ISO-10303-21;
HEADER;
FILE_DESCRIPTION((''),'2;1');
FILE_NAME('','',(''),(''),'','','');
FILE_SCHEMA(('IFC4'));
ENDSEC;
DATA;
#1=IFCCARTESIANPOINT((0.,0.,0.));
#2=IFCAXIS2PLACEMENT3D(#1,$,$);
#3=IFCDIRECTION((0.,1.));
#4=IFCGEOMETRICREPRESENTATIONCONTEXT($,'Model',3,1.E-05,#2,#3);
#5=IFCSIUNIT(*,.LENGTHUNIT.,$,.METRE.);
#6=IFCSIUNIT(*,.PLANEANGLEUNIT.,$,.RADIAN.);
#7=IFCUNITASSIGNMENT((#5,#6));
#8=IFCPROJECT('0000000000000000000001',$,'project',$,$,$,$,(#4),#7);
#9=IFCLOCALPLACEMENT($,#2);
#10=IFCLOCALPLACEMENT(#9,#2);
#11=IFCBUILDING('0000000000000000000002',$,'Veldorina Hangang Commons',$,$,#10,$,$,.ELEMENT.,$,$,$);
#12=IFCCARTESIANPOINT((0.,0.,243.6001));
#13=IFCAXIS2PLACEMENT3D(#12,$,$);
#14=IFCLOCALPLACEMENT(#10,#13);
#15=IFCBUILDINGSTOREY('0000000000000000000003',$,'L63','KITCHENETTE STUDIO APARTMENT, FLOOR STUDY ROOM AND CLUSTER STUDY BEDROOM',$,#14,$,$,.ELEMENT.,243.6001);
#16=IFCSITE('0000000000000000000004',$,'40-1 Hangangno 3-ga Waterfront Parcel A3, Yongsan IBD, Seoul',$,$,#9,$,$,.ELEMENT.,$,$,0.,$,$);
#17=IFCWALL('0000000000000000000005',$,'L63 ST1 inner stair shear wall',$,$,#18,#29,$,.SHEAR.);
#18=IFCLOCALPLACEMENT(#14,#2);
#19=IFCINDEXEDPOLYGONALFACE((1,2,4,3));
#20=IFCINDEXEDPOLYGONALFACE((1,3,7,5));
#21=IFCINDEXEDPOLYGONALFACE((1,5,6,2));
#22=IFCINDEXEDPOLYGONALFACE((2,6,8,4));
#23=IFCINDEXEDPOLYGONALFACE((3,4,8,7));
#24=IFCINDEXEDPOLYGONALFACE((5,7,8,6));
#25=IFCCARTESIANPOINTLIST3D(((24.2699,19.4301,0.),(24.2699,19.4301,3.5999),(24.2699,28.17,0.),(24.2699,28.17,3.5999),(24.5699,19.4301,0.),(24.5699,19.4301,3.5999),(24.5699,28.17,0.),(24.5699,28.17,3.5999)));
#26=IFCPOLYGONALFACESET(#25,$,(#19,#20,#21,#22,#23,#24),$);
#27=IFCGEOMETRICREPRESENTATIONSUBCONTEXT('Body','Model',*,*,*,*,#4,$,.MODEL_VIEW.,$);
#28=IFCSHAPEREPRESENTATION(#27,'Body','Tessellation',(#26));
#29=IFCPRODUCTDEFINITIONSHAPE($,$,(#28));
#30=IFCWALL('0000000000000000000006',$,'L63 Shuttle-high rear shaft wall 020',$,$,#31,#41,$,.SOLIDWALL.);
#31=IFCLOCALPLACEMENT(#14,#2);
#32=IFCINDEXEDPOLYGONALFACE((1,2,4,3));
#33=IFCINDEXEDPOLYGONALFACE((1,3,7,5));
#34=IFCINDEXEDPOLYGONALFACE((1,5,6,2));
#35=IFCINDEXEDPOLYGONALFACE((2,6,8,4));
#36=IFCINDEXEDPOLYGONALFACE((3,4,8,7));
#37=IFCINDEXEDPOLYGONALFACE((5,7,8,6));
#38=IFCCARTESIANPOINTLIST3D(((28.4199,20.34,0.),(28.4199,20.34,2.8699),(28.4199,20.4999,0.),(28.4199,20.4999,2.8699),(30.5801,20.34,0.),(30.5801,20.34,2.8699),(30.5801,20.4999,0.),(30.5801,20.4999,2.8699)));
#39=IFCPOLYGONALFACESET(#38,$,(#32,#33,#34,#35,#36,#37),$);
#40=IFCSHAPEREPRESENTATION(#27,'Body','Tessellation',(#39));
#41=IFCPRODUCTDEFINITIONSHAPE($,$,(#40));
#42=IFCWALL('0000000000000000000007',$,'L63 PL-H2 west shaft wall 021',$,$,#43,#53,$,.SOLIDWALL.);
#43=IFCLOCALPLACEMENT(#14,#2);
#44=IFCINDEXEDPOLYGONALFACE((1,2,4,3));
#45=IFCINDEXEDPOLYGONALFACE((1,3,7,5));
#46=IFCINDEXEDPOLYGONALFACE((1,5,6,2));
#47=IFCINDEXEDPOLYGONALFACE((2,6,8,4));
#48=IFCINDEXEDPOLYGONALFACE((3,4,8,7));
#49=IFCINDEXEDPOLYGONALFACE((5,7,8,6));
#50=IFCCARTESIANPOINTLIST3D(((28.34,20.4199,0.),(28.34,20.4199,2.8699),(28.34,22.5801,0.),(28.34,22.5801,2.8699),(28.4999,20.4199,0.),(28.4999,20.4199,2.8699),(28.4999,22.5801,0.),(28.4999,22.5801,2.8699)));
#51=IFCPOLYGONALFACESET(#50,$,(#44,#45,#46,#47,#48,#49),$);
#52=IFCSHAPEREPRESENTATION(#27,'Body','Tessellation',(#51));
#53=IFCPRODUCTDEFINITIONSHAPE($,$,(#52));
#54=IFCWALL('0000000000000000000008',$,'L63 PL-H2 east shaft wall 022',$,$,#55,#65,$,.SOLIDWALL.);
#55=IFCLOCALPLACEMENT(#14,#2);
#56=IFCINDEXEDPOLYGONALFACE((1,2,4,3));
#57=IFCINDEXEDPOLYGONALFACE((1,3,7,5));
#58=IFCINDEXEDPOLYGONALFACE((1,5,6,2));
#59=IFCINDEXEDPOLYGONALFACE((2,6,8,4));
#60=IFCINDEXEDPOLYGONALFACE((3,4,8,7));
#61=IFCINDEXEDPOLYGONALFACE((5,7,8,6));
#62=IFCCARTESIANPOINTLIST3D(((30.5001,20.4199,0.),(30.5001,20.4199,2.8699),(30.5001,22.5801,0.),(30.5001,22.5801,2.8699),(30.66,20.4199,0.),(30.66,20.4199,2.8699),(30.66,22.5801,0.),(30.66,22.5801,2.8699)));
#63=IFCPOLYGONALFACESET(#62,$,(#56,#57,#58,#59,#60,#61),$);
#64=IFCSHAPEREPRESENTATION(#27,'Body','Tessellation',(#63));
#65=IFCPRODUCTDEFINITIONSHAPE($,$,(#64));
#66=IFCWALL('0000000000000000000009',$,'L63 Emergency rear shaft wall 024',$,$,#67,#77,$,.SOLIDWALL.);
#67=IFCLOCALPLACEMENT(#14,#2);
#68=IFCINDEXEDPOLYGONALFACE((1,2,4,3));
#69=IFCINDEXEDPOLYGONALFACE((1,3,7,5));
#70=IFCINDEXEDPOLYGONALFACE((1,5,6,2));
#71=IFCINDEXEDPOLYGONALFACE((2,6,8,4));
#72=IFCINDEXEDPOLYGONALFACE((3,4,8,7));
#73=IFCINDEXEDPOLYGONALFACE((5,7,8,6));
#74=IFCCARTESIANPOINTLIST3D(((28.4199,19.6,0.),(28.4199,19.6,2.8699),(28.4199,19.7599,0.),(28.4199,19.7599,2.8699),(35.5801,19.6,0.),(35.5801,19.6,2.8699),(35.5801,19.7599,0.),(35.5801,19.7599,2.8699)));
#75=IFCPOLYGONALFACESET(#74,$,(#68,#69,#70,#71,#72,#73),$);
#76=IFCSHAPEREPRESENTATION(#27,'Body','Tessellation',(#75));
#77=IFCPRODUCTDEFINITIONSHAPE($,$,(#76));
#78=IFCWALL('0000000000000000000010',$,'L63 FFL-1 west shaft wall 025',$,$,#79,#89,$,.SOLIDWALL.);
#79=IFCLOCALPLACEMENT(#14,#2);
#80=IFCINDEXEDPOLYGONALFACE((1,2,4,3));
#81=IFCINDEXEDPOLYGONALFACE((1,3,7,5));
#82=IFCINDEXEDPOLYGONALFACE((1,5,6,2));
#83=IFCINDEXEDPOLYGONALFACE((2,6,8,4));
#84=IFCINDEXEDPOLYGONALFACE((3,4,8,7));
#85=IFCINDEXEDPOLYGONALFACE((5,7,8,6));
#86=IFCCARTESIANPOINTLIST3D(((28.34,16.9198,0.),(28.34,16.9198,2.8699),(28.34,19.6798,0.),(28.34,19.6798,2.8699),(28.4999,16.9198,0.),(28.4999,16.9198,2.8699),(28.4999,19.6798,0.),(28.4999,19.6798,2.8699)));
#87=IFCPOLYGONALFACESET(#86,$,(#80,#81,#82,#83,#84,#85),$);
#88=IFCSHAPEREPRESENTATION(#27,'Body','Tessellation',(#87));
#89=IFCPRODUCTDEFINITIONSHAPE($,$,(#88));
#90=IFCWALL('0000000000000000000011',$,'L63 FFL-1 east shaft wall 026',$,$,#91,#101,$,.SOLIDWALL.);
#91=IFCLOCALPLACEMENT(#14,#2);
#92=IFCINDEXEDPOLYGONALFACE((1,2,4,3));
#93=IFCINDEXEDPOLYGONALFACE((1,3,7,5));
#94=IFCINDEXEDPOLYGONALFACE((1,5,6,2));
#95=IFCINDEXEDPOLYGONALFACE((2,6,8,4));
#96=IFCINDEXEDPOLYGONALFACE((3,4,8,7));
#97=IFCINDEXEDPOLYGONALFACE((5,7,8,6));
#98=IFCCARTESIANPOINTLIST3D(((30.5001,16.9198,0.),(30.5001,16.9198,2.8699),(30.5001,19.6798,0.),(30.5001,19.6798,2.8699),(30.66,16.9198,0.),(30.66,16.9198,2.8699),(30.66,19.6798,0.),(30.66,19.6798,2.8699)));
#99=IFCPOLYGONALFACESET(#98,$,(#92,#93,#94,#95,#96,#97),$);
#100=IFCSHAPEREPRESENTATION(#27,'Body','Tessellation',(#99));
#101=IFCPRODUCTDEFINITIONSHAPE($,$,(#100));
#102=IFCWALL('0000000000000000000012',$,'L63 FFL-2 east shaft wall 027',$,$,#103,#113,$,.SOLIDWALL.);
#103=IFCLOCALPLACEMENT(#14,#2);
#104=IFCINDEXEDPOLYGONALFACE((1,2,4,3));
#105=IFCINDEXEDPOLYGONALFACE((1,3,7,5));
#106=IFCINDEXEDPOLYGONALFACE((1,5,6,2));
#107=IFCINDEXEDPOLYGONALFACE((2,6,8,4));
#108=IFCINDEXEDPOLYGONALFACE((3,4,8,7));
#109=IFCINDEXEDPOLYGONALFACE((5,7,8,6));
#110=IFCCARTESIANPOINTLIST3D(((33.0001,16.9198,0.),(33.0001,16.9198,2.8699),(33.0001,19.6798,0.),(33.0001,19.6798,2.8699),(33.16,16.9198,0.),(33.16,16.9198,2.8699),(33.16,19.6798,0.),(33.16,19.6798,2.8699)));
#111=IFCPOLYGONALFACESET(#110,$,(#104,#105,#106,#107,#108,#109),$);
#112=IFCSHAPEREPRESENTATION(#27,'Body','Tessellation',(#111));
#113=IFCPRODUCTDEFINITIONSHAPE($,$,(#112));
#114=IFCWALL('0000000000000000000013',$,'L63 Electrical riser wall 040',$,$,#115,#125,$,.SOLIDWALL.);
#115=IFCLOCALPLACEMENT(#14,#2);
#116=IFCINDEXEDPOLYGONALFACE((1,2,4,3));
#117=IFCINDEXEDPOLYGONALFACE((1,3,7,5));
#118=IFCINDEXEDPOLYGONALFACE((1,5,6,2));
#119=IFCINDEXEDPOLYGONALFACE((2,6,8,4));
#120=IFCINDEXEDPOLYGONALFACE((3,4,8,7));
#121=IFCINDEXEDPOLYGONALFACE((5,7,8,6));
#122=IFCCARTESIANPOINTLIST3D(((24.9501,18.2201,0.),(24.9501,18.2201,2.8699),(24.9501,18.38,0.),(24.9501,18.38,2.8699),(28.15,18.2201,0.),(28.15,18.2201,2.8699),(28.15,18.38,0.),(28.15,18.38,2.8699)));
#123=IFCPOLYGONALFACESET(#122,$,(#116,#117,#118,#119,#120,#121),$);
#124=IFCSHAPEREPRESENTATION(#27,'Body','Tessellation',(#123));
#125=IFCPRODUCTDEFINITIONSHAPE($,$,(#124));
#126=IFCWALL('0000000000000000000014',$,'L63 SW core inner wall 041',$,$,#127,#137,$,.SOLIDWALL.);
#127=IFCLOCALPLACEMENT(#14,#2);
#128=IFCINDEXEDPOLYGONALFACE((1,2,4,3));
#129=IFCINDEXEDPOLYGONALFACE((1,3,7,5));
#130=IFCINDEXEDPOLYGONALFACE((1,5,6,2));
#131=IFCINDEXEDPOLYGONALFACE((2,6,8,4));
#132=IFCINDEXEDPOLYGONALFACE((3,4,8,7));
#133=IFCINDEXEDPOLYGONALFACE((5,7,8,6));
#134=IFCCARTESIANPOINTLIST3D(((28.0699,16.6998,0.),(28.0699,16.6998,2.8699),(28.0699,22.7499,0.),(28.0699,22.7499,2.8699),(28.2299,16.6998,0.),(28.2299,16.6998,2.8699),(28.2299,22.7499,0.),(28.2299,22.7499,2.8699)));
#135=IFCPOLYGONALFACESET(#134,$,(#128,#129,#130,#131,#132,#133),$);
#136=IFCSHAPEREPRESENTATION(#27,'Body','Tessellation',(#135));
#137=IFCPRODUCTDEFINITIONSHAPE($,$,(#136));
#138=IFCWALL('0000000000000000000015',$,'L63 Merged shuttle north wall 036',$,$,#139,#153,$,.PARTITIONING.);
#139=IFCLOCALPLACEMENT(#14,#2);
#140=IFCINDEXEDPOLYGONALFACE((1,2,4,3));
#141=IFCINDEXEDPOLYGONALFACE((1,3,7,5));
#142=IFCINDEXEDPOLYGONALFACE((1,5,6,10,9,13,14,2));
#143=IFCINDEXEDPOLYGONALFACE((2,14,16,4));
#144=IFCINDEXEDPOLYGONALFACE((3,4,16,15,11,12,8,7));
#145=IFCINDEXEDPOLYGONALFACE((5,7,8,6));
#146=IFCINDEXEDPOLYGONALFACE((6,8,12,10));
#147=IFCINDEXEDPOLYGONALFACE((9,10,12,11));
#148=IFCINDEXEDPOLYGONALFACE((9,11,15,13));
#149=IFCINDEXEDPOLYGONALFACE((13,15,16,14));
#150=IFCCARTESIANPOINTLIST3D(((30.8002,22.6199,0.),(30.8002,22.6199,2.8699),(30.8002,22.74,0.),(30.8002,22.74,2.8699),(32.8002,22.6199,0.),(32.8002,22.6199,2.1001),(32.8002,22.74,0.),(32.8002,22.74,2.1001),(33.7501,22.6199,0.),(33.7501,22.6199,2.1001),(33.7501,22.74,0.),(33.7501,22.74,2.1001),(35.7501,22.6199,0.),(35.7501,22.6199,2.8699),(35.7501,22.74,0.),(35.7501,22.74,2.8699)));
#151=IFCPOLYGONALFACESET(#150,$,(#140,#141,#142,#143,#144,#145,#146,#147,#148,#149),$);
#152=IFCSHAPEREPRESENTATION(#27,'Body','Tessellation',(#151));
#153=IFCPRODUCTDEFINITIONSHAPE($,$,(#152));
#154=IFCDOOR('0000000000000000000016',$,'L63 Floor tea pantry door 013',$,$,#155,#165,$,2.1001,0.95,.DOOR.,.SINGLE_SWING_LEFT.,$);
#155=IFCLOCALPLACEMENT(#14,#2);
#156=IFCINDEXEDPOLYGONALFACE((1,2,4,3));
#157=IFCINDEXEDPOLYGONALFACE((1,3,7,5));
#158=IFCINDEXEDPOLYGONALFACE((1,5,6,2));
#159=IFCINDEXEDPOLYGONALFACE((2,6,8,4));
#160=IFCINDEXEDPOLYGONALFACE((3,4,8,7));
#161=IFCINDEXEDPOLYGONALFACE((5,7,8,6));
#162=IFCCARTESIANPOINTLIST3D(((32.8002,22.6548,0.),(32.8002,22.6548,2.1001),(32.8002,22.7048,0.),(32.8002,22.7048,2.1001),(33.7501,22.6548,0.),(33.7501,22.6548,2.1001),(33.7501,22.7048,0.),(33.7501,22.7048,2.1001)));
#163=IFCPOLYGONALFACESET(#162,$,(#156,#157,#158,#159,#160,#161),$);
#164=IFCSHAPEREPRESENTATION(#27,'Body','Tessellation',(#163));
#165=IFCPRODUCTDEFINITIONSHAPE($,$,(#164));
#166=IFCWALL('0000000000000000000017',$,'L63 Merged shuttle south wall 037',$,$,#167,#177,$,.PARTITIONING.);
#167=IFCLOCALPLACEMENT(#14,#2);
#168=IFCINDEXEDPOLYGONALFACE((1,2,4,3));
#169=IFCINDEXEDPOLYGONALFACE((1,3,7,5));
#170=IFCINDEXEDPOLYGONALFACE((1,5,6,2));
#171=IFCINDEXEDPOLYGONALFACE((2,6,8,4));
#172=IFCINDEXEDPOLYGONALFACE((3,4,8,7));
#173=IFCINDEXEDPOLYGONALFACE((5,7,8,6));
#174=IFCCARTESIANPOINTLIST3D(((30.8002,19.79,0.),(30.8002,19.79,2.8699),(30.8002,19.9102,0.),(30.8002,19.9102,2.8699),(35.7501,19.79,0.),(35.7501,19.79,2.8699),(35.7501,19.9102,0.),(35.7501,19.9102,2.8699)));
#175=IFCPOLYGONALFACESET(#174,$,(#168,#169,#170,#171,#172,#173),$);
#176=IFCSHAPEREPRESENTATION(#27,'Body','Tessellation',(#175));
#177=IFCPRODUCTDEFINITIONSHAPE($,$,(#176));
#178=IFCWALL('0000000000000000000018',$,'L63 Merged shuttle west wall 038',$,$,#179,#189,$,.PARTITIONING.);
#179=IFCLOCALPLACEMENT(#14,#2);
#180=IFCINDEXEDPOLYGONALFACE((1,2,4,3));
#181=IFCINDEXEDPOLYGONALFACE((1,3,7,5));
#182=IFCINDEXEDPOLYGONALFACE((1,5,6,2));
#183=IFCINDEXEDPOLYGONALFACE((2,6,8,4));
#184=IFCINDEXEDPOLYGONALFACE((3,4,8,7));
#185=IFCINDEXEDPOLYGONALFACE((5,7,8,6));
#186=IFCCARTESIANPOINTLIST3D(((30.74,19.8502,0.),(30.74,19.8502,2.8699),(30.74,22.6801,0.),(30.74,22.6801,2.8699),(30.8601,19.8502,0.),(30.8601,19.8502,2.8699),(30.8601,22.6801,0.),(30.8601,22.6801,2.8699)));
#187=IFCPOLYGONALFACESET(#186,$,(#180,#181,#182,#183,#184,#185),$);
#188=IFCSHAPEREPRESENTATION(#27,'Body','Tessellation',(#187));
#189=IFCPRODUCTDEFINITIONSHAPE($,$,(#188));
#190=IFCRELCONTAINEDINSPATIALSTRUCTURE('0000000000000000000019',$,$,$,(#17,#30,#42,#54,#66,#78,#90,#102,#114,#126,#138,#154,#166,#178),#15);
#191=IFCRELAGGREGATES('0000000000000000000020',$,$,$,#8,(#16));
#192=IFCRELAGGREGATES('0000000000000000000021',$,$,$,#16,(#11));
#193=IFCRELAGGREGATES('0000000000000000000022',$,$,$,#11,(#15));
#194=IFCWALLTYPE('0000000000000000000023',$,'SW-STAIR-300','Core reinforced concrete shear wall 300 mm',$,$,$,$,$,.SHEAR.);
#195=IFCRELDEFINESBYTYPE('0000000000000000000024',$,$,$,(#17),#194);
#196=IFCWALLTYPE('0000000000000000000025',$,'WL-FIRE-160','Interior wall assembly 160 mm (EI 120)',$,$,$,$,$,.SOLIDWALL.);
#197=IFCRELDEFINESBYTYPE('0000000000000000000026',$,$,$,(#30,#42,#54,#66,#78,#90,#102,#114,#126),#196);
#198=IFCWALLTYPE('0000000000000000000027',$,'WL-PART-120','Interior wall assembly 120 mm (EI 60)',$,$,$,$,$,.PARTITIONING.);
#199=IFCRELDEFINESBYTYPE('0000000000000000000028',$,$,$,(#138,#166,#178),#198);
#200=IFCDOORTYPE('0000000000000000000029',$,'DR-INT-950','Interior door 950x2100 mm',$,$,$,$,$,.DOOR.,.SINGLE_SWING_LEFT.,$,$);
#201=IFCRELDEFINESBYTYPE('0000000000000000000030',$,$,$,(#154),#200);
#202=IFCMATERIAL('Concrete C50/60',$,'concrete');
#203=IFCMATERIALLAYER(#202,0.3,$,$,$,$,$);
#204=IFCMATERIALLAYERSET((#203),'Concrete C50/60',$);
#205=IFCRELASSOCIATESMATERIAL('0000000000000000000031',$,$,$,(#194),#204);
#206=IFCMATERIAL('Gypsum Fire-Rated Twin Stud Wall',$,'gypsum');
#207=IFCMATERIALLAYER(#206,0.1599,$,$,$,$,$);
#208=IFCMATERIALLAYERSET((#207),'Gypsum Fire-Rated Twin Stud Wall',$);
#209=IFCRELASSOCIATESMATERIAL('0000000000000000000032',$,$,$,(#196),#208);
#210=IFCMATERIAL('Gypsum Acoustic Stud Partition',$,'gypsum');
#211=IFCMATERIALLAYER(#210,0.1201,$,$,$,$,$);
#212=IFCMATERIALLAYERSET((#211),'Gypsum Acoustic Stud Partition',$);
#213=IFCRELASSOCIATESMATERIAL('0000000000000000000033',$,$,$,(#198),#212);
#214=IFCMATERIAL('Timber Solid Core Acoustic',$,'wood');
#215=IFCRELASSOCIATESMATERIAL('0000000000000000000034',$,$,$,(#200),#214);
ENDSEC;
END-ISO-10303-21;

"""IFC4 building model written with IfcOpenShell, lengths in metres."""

from ifc_helpers import new_model, si_unit, direction, frame, frame_2d, origin, place, context, subcontext, project, spatial, rectangle, extrude, material, layer, layer_set, type_object, element, fill, save


model = new_model("IFC4")

# Units and contexts
model_context = context("Model", 3, precision=1e-05, world=origin(), true_north=direction((0.0, 1.0)))
body_context = subcontext(model_context, "Body", "Model", "MODEL_VIEW")
ifc_project = project(units=[si_unit("LENGTHUNIT", "METRE"), si_unit("PLANEANGLEUNIT", "RADIAN")], contexts=[model_context])

# Site, building, storey
site_placement = place(None, origin())
site = spatial("IfcSite", under=ifc_project, at=site_placement, Name="40-1 Hangangno 3-ga Waterfront Parcel A3, Yongsan IBD, Seoul", CompositionType="ELEMENT", RefElevation=0.0)
building_placement = place(site_placement, origin())
building = spatial("IfcBuilding", under=site, at=building_placement, Name="Veldorina Hangang Commons", CompositionType="ELEMENT")
storey_placement = place(building_placement, frame((0.0, 0.0, 243.6001)))
storey = spatial("IfcBuildingStorey", under=building, at=storey_placement, Name="L63", Description="KITCHENETTE STUDIO APARTMENT, FLOOR STUDY ROOM AND CLUSTER STUDY BEDROOM", CompositionType="ELEMENT", Elevation=243.6001)

# Shared definitions
ifc_material_1 = material(Name="Concrete C50/60", Category="concrete")

# Wall
ifc_layer_1 = layer(ifc_material_1, 0.3)
ifc_layer_set_1 = layer_set([ifc_layer_1], Name="Concrete C50/60")
wall_type_1 = type_object("IfcWallType", Name="SW-STAIR-300", Description="Core reinforced concrete shear wall 300 mm", PredefinedType="SHEAR", material=ifc_layer_set_1)
wall_1_placement = place(storey_placement, frame((24.4199, 19.4299, 0.0), z_axis=(0.0, 0.0, 1.0), x_axis=(0.0, 1.0, 0.0)))
element("IfcWall", 1, at=wall_1_placement, inside=storey, type_object=wall_type_1, Name="L63 ST1 inner stair shear wall", PredefinedType="SHEAR", context=body_context, shape_type="SweptSolid", body=[
    extrude(rectangle(XDim=8.74, YDim=0.3, at=frame_2d((4.3701, 0.0))), origin(), (0.0, 0.0, 1.0), 3.5999),
])

# Shared definitions
ifc_material_2 = material(Name="Gypsum Fire-Rated Twin Stud Wall", Category="gypsum")
ifc_layer_2 = layer(ifc_material_2, 0.1599)
ifc_layer_set_2 = layer_set([ifc_layer_2], Name="Gypsum Fire-Rated Twin Stud Wall")
wall_type_2 = type_object("IfcWallType", Name="WL-FIRE-160", Description="Interior wall assembly 160 mm (EI 120)", PredefinedType="SOLIDWALL", material=ifc_layer_set_2)

# Walls
for number, where, z_axis, x_axis, name in (
    (2, (28.4199, 20.4199, 0.0), (0.0, 0.0, 1.0), (1.0, 0.0, 0.0), "L63 Shuttle-high rear shaft wall 020"),
    (3, (28.4199, 20.4199, 0.0), (0.0, 0.0, 1.0), (0.0, 1.0, 0.0), "L63 PL-H2 west shaft wall 021"),
    (4, (30.5801, 20.4199, 0.0), (0.0, 0.0, 1.0), (0.0, 1.0, 0.0), "L63 PL-H2 east shaft wall 022"),
):
    element("IfcWall", number, at=place(storey_placement, frame(where, z_axis=z_axis, x_axis=x_axis)), inside=storey, type_object=wall_type_2, Name=name, PredefinedType="SOLIDWALL", context=body_context, shape_type="SweptSolid", body=[
        extrude(rectangle(XDim=2.1602, YDim=0.1599, at=frame_2d((1.0801, 0.0))), origin(), (0.0, 0.0, 1.0), 2.8699),
    ])

# Walls
wall_2_placement = place(storey_placement, frame((28.4199, 19.6799, 0.0), z_axis=(0.0, 0.0, 1.0), x_axis=(1.0, 0.0, 0.0)))
element("IfcWall", 5, at=wall_2_placement, inside=storey, type_object=wall_type_2, Name="L63 Emergency rear shaft wall 024", PredefinedType="SOLIDWALL", context=body_context, shape_type="SweptSolid", body=[
    extrude(rectangle(XDim=7.1602, YDim=0.1599, at=frame_2d((3.5801, 0.0))), origin(), (0.0, 0.0, 1.0), 2.8699),
])
for number, where, z_axis, x_axis, name in (
    (6, (28.4199, 16.9199, 0.0), (0.0, 0.0, 1.0), (0.0, 1.0, 0.0), "L63 FFL-1 west shaft wall 025"),
    (7, (30.5801, 16.9199, 0.0), (0.0, 0.0, 1.0), (0.0, 1.0, 0.0), "L63 FFL-1 east shaft wall 026"),
    (8, (33.0801, 16.9199, 0.0), (0.0, 0.0, 1.0), (0.0, 1.0, 0.0), "L63 FFL-2 east shaft wall 027"),
):
    element("IfcWall", number, at=place(storey_placement, frame(where, z_axis=z_axis, x_axis=x_axis)), inside=storey, type_object=wall_type_2, Name=name, PredefinedType="SOLIDWALL", context=body_context, shape_type="SweptSolid", body=[
        extrude(rectangle(XDim=2.76, YDim=0.1599, at=frame_2d((1.3799, 0.0))), origin(), (0.0, 0.0, 1.0), 2.8699),
    ])
wall_3_placement = place(storey_placement, frame((24.95, 18.3, 0.0), z_axis=(0.0, 0.0, 1.0), x_axis=(1.0, 0.0, 0.0)))
element("IfcWall", 9, at=wall_3_placement, inside=storey, type_object=wall_type_2, Name="L63 Electrical riser wall 040", PredefinedType="SOLIDWALL", context=body_context, shape_type="SweptSolid", body=[
    extrude(rectangle(XDim=3.2, YDim=0.1599, at=frame_2d((1.6001, 0.0))), origin(), (0.0, 0.0, 1.0), 2.8699),
])
wall_4_placement = place(storey_placement, frame((28.1499, 16.7, 0.0), z_axis=(0.0, 0.0, 1.0), x_axis=(0.0, 1.0, 0.0)))
element("IfcWall", 10, at=wall_4_placement, inside=storey, type_object=wall_type_2, Name="L63 SW core inner wall 041", PredefinedType="SOLIDWALL", context=body_context, shape_type="SweptSolid", body=[
    extrude(rectangle(XDim=6.05, YDim=0.1599, at=frame_2d((3.0249, 0.0))), origin(), (0.0, 0.0, 1.0), 2.8699),
])

# Wall, opening, door
ifc_material_3 = material(Name="Gypsum Acoustic Stud Partition", Category="gypsum")
ifc_layer_3 = layer(ifc_material_3, 0.1201)
ifc_layer_set_3 = layer_set([ifc_layer_3], Name="Gypsum Acoustic Stud Partition")
wall_type_3 = type_object("IfcWallType", Name="WL-PART-120", Description="Interior wall assembly 120 mm (EI 60)", PredefinedType="PARTITIONING", material=ifc_layer_set_3)
wall_5_placement = place(storey_placement, frame((30.8, 22.6799, 0.0), z_axis=(0.0, 0.0, 1.0), x_axis=(1.0, 0.0, 0.0)))
wall_5 = element("IfcWall", 11, at=wall_5_placement, inside=storey, type_object=wall_type_3, Name="L63 Merged shuttle north wall 036", PredefinedType="PARTITIONING", context=body_context, shape_type="SweptSolid", body=[
    extrude(rectangle(XDim=4.95, YDim=0.1201, at=frame_2d((2.4751, 0.0))), origin(), (0.0, 0.0, 1.0), 2.8699),
])
opening_1_placement = place(wall_5_placement, frame((2.0, 0.0, 0.0)))
opening_1 = element("IfcOpeningElement", 12, at=opening_1_placement, cuts=wall_5, PredefinedType="OPENING", context=body_context, shape_type="SweptSolid", body=[
    extrude(rectangle(XDim=0.95, YDim=2.1001, at=frame_2d((0.4751, 1.05))), frame((0.0, 0.0701, 0.0), z_axis=(0.0, -1.0, 0.0), x_axis=(1.0, 0.0, 0.0)), (0.0, 0.0, 1.0), 0.1401),
])
ifc_material_4 = material(Name="Timber Solid Core Acoustic", Category="wood")
door_type_1 = type_object("IfcDoorType", Name="DR-INT-950", Description="Interior door 950x2100 mm", OperationType="SINGLE_SWING_LEFT", PredefinedType="DOOR", material=ifc_material_4)
door_1_placement = place(opening_1_placement, origin())
door_1 = element("IfcDoor", 13, at=door_1_placement, inside=storey, type_object=door_type_1, Name="L63 Floor tea pantry door 013", OperationType="SINGLE_SWING_LEFT", OverallHeight=2.1001, OverallWidth=0.95, PredefinedType="DOOR", context=body_context, shape_type="SweptSolid", body=[
    extrude(rectangle(XDim=0.95, YDim=2.1001, at=frame_2d((0.4751, 1.05))), frame((0.0, 0.0249, 0.0), z_axis=(0.0, -1.0, 0.0), x_axis=(1.0, 0.0, 0.0)), (0.0, 0.0, 1.0), 0.05),
])
fill(opening_1, door_1)

# Walls
wall_6_placement = place(storey_placement, frame((30.8, 19.8501, 0.0), z_axis=(0.0, 0.0, 1.0), x_axis=(1.0, 0.0, 0.0)))
element("IfcWall", 14, at=wall_6_placement, inside=storey, type_object=wall_type_3, Name="L63 Merged shuttle south wall 037", PredefinedType="PARTITIONING", context=body_context, shape_type="SweptSolid", body=[
    extrude(rectangle(XDim=4.95, YDim=0.1201, at=frame_2d((2.4751, 0.0))), origin(), (0.0, 0.0, 1.0), 2.8699),
])
wall_7_placement = place(storey_placement, frame((30.8, 19.8501, 0.0), z_axis=(0.0, 0.0, 1.0), x_axis=(0.0, 1.0, 0.0)))
element("IfcWall", 15, at=wall_7_placement, inside=storey, type_object=wall_type_3, Name="L63 Merged shuttle west wall 038", PredefinedType="PARTITIONING", context=body_context, shape_type="SweptSolid", body=[
    extrude(rectangle(XDim=2.8298, YDim=0.1201, at=frame_2d((1.415, 0.0))), origin(), (0.0, 0.0, 1.0), 2.8699),
])

save(model, "model.ifc")
